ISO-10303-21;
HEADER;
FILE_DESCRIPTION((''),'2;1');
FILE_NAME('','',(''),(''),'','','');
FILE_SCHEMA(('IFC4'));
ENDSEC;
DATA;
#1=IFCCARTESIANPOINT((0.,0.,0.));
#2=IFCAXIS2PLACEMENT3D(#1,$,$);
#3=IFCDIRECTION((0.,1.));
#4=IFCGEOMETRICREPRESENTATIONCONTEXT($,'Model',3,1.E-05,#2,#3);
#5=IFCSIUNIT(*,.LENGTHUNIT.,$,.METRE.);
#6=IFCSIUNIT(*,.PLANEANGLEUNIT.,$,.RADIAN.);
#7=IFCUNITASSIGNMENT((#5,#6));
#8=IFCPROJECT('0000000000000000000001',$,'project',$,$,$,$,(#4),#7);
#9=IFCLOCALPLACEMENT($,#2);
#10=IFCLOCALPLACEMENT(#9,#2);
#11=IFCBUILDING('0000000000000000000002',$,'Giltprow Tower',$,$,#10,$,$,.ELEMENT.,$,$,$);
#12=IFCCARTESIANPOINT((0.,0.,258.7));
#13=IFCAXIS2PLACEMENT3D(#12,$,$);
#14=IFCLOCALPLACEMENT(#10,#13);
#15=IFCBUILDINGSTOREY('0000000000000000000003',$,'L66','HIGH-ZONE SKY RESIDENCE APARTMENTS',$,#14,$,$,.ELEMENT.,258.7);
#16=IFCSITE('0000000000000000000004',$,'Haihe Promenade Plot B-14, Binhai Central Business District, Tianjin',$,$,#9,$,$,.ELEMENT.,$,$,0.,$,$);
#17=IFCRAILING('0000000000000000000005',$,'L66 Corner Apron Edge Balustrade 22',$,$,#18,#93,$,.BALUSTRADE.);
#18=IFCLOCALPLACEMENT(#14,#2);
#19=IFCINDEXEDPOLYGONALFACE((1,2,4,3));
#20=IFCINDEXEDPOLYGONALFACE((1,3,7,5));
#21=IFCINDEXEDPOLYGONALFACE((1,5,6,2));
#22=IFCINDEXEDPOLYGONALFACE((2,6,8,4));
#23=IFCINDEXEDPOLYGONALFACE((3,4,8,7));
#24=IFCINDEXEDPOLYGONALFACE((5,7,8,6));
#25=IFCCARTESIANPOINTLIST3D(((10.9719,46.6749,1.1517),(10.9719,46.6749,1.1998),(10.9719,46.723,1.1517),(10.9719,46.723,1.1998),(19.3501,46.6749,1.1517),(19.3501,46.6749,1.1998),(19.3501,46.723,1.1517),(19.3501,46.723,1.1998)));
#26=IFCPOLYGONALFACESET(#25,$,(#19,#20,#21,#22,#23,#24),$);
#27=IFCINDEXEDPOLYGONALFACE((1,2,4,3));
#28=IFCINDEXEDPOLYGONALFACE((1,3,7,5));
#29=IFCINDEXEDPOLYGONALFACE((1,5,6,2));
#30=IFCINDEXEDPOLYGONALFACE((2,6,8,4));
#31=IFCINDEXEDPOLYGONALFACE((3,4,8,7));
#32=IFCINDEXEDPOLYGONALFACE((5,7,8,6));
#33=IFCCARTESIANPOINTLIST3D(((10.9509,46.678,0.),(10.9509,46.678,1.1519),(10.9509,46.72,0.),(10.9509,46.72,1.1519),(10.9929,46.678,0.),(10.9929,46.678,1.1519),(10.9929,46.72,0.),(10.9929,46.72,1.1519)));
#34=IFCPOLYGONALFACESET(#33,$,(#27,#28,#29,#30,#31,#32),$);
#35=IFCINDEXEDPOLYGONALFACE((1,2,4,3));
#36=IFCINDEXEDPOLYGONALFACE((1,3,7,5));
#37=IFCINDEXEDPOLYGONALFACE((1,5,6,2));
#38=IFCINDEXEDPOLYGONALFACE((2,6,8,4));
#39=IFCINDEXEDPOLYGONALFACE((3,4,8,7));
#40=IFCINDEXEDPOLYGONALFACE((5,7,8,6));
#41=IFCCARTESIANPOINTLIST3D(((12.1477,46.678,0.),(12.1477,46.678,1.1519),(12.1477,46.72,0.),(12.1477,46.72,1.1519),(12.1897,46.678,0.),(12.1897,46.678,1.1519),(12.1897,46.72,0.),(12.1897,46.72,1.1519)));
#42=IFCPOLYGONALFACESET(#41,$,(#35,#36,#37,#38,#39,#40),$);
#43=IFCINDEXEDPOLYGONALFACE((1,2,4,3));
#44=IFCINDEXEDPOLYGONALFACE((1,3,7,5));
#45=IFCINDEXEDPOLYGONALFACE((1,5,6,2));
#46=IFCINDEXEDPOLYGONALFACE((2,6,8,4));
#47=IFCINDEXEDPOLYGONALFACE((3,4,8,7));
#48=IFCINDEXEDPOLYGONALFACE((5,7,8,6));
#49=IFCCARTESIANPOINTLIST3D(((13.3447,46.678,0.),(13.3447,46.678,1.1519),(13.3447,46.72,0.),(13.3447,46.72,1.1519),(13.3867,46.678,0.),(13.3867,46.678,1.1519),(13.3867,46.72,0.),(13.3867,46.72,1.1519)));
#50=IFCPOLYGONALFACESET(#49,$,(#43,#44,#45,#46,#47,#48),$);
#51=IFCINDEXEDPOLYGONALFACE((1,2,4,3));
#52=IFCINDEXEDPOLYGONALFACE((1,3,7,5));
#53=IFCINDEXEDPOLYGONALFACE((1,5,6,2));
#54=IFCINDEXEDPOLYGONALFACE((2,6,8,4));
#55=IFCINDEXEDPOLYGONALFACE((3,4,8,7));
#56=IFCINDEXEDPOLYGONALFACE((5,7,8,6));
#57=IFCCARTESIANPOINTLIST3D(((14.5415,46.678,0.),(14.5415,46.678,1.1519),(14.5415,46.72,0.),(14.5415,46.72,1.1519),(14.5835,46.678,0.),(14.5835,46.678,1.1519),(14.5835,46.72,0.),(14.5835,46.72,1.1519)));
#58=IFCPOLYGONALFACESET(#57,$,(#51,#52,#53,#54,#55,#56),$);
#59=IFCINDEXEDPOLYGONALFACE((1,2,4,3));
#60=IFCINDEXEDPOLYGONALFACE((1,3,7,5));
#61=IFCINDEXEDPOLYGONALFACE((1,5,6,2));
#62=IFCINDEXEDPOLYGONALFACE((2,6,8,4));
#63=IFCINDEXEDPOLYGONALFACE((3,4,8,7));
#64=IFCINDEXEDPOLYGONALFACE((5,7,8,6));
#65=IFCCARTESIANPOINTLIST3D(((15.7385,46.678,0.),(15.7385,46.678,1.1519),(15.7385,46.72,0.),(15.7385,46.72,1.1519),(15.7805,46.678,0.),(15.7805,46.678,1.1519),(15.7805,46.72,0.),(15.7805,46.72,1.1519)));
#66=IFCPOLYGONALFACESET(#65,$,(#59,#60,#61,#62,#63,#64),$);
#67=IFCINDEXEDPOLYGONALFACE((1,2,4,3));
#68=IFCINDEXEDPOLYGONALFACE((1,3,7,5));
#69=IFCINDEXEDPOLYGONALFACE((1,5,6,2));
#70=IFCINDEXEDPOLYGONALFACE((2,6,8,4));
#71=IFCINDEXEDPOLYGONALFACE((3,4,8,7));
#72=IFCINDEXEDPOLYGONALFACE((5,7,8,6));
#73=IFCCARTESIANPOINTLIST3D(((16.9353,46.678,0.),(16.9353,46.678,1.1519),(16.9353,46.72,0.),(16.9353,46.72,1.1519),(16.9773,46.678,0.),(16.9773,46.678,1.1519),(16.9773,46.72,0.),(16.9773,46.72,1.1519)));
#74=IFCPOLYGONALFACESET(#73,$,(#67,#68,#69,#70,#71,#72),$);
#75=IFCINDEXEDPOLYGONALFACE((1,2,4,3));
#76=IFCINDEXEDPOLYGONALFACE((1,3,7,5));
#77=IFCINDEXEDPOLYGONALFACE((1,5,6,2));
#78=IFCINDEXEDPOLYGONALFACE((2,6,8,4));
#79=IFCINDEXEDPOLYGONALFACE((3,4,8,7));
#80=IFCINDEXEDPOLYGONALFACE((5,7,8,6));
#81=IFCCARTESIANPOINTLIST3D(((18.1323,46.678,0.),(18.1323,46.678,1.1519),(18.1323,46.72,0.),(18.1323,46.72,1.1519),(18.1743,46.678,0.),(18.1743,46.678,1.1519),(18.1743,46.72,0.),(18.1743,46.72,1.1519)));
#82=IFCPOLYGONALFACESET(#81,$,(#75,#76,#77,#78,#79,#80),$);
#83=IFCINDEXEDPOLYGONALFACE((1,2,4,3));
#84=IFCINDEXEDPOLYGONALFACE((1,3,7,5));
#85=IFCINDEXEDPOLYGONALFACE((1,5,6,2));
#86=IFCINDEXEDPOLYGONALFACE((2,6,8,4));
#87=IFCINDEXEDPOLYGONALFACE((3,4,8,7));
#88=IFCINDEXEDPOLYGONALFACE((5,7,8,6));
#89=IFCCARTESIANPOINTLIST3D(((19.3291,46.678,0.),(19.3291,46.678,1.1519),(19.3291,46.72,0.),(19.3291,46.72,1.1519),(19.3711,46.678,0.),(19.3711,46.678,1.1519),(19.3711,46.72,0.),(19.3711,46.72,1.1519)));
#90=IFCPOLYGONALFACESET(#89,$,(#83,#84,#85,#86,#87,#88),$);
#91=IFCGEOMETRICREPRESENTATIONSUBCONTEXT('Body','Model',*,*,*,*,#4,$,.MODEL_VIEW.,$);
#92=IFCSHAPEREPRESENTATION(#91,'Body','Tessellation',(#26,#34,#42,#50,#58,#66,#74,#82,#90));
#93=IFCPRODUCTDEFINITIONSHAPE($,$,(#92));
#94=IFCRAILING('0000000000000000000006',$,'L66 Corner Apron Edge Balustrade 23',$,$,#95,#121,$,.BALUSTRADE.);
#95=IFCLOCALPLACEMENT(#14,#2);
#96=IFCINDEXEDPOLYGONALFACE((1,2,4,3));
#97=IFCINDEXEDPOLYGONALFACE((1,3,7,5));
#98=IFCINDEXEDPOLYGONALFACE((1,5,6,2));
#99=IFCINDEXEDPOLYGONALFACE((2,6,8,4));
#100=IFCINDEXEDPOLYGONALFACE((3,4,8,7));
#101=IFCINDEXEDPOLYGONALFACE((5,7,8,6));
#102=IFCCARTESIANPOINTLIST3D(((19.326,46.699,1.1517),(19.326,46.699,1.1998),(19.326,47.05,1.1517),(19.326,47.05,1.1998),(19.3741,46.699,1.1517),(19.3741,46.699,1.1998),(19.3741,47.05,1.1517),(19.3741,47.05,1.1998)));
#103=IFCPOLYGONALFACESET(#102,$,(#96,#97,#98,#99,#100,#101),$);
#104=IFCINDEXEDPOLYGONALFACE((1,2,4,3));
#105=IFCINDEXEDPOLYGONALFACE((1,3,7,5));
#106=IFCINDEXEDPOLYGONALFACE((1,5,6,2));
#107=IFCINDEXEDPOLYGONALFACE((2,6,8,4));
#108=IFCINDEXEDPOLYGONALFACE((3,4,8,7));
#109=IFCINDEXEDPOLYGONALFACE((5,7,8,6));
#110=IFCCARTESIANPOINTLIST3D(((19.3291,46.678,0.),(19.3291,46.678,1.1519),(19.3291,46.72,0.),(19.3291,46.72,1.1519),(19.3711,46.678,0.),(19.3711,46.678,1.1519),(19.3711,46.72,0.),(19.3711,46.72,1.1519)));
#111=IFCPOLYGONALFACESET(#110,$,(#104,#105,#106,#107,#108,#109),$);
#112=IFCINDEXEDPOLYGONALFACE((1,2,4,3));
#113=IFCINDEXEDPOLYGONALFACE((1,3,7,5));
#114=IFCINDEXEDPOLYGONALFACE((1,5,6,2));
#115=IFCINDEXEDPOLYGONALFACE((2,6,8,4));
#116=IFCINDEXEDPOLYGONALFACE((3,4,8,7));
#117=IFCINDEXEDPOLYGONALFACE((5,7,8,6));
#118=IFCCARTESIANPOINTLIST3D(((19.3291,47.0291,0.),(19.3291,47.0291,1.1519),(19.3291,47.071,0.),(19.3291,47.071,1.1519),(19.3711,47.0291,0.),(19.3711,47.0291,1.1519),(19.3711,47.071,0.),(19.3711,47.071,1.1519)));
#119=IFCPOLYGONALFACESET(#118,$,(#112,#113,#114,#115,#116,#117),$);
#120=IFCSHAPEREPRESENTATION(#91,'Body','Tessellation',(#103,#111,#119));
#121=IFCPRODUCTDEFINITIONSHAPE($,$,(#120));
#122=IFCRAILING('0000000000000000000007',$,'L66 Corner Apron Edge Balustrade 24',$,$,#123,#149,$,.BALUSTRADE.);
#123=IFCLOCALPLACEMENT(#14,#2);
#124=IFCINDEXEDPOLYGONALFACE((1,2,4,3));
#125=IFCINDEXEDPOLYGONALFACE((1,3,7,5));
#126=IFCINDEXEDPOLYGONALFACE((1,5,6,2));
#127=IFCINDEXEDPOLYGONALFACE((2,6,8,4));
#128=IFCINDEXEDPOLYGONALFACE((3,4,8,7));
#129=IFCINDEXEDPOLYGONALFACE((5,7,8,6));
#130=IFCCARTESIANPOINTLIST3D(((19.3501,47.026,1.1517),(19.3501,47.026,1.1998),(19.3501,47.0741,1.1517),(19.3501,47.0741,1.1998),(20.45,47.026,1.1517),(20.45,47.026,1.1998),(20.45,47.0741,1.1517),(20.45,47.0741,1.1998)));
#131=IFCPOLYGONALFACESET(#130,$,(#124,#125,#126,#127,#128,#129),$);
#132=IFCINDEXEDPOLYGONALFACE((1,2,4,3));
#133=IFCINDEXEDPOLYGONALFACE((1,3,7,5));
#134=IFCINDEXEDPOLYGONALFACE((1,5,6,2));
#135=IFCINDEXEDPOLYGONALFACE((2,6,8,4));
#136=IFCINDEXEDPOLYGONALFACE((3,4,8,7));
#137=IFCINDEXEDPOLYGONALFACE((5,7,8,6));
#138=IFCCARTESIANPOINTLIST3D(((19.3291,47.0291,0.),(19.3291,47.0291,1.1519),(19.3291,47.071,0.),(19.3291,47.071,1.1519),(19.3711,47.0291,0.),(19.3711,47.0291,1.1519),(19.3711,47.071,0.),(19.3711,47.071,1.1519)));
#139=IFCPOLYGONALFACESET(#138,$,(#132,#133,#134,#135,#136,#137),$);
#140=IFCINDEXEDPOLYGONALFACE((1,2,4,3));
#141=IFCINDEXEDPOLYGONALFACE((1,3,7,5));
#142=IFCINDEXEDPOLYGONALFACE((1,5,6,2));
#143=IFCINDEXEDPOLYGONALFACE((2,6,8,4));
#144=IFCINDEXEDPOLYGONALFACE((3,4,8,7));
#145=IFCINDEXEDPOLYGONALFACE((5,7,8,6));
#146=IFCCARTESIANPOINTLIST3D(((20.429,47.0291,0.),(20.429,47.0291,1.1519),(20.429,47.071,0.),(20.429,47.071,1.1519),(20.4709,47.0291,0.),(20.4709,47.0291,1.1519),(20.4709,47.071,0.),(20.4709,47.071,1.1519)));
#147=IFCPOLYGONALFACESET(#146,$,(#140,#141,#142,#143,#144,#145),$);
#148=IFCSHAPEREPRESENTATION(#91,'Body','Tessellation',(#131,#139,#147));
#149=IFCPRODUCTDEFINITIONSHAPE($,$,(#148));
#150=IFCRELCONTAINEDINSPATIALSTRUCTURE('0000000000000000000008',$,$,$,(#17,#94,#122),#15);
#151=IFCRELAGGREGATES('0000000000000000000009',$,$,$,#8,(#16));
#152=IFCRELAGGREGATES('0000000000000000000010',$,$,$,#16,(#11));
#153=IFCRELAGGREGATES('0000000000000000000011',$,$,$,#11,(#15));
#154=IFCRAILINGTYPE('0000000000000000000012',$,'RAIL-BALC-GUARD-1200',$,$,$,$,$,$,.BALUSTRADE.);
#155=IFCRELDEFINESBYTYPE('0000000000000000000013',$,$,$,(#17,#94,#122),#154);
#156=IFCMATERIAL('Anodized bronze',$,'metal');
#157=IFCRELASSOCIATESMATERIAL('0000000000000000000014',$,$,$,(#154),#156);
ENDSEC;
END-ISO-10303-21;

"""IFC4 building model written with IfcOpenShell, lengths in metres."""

from ifc_helpers import new_model, si_unit, direction, frame, origin, origin_2d, place, context, subcontext, project, spatial, rectangle, extrude, material, type_object, element, save


model = new_model("IFC4")

# Units and contexts
model_context = context("Model", 3, precision=1e-05, world=origin(), true_north=direction((0.0, 1.0)))
body_context = subcontext(model_context, "Body", "Model", "MODEL_VIEW")
ifc_project = project(units=[si_unit("LENGTHUNIT", "METRE"), si_unit("PLANEANGLEUNIT", "RADIAN")], contexts=[model_context])

# Site, building, storey
site_placement = place(None, origin())
site = spatial("IfcSite", under=ifc_project, at=site_placement, Name="Haihe Promenade Plot B-14, Binhai Central Business District, Tianjin", CompositionType="ELEMENT", RefElevation=0.0)
building_placement = place(site_placement, origin())
building = spatial("IfcBuilding", under=site, at=building_placement, Name="Giltprow Tower", CompositionType="ELEMENT")
storey_placement = place(building_placement, frame((0.0, 0.0, 258.7)))
storey = spatial("IfcBuildingStorey", under=building, at=storey_placement, Name="L66", Description="HIGH-ZONE SKY RESIDENCE APARTMENTS", CompositionType="ELEMENT", Elevation=258.7)

# Railings
ifc_material_1 = material(Name="Anodized bronze", Category="metal")
railing_type = type_object("IfcRailingType", Name="RAIL-BALC-GUARD-1200", PredefinedType="BALUSTRADE", material=ifc_material_1)
railing_1_placement = place(storey_placement, frame((10.9719, 46.699, 0.0)))
element("IfcRailing", 1, at=railing_1_placement, inside=storey, type_object=railing_type, Name="L66 Corner Apron Edge Balustrade 22", PredefinedType="BALUSTRADE", context=body_context, shape_type="SweptSolid", body=[
    extrude(rectangle(XDim=0.0481, YDim=0.0481, at=origin_2d()), frame((0.0, 0.0, 1.1758), z_axis=(1.0, 0.0, 0.0), x_axis=(0.0, 1.0, 0.0)), (0.0, 0.0, 1.0), 8.3782),
    extrude(rectangle(XDim=0.042, YDim=0.042, at=origin_2d()), origin(), (0.0, 0.0, 1.0), 1.1519),
    extrude(rectangle(XDim=0.042, YDim=0.042, at=origin_2d()), frame((1.1968, 0.0, 0.0)), (0.0, 0.0, 1.0), 1.1519),
    extrude(rectangle(XDim=0.042, YDim=0.042, at=origin_2d()), frame((2.3938, 0.0, 0.0)), (0.0, 0.0, 1.0), 1.1519),
    extrude(rectangle(XDim=0.042, YDim=0.042, at=origin_2d()), frame((3.5906, 0.0, 0.0)), (0.0, 0.0, 1.0), 1.1519),
    extrude(rectangle(XDim=0.042, YDim=0.042, at=origin_2d()), frame((4.7876, 0.0, 0.0)), (0.0, 0.0, 1.0), 1.1519),
    extrude(rectangle(XDim=0.042, YDim=0.042, at=origin_2d()), frame((5.9844, 0.0, 0.0)), (0.0, 0.0, 1.0), 1.1519),
    extrude(rectangle(XDim=0.042, YDim=0.042, at=origin_2d()), frame((7.1814, 0.0, 0.0)), (0.0, 0.0, 1.0), 1.1519),
    extrude(rectangle(XDim=0.042, YDim=0.042, at=origin_2d()), frame((8.3782, 0.0, 0.0)), (0.0, 0.0, 1.0), 1.1519),
])
railing_2_placement = place(storey_placement, frame((19.3501, 46.699, 0.0)))
element("IfcRailing", 2, at=railing_2_placement, inside=storey, type_object=railing_type, Name="L66 Corner Apron Edge Balustrade 23", PredefinedType="BALUSTRADE", context=body_context, shape_type="SweptSolid", body=[
    extrude(rectangle(XDim=0.0481, YDim=0.0481, at=origin_2d()), frame((0.0, 0.0, 1.1758), z_axis=(0.0, 1.0, 0.0), x_axis=(-1.0, 0.0, 0.0)), (0.0, 0.0, 1.0), 0.3511),
    extrude(rectangle(XDim=0.042, YDim=0.042, at=origin_2d()), origin(), (0.0, 0.0, 1.0), 1.1519),
    extrude(rectangle(XDim=0.042, YDim=0.042, at=origin_2d()), frame((0.0, 0.3511, 0.0)), (0.0, 0.0, 1.0), 1.1519),
])
railing_3_placement = place(storey_placement, frame((19.3501, 47.05, 0.0)))
element("IfcRailing", 3, at=railing_3_placement, inside=storey, type_object=railing_type, Name="L66 Corner Apron Edge Balustrade 24", PredefinedType="BALUSTRADE", context=body_context, shape_type="SweptSolid", body=[
    extrude(rectangle(XDim=0.0481, YDim=0.0481, at=origin_2d()), frame((0.0, 0.0, 1.1758), z_axis=(1.0, 0.0, 0.0), x_axis=(0.0, 1.0, 0.0)), (0.0, 0.0, 1.0), 1.0999),
    extrude(rectangle(XDim=0.042, YDim=0.042, at=origin_2d()), origin(), (0.0, 0.0, 1.0), 1.1519),
    extrude(rectangle(XDim=0.042, YDim=0.042, at=origin_2d()), frame((1.0999, 0.0, 0.0)), (0.0, 0.0, 1.0), 1.1519),
])

save(model, "model.ifc")
